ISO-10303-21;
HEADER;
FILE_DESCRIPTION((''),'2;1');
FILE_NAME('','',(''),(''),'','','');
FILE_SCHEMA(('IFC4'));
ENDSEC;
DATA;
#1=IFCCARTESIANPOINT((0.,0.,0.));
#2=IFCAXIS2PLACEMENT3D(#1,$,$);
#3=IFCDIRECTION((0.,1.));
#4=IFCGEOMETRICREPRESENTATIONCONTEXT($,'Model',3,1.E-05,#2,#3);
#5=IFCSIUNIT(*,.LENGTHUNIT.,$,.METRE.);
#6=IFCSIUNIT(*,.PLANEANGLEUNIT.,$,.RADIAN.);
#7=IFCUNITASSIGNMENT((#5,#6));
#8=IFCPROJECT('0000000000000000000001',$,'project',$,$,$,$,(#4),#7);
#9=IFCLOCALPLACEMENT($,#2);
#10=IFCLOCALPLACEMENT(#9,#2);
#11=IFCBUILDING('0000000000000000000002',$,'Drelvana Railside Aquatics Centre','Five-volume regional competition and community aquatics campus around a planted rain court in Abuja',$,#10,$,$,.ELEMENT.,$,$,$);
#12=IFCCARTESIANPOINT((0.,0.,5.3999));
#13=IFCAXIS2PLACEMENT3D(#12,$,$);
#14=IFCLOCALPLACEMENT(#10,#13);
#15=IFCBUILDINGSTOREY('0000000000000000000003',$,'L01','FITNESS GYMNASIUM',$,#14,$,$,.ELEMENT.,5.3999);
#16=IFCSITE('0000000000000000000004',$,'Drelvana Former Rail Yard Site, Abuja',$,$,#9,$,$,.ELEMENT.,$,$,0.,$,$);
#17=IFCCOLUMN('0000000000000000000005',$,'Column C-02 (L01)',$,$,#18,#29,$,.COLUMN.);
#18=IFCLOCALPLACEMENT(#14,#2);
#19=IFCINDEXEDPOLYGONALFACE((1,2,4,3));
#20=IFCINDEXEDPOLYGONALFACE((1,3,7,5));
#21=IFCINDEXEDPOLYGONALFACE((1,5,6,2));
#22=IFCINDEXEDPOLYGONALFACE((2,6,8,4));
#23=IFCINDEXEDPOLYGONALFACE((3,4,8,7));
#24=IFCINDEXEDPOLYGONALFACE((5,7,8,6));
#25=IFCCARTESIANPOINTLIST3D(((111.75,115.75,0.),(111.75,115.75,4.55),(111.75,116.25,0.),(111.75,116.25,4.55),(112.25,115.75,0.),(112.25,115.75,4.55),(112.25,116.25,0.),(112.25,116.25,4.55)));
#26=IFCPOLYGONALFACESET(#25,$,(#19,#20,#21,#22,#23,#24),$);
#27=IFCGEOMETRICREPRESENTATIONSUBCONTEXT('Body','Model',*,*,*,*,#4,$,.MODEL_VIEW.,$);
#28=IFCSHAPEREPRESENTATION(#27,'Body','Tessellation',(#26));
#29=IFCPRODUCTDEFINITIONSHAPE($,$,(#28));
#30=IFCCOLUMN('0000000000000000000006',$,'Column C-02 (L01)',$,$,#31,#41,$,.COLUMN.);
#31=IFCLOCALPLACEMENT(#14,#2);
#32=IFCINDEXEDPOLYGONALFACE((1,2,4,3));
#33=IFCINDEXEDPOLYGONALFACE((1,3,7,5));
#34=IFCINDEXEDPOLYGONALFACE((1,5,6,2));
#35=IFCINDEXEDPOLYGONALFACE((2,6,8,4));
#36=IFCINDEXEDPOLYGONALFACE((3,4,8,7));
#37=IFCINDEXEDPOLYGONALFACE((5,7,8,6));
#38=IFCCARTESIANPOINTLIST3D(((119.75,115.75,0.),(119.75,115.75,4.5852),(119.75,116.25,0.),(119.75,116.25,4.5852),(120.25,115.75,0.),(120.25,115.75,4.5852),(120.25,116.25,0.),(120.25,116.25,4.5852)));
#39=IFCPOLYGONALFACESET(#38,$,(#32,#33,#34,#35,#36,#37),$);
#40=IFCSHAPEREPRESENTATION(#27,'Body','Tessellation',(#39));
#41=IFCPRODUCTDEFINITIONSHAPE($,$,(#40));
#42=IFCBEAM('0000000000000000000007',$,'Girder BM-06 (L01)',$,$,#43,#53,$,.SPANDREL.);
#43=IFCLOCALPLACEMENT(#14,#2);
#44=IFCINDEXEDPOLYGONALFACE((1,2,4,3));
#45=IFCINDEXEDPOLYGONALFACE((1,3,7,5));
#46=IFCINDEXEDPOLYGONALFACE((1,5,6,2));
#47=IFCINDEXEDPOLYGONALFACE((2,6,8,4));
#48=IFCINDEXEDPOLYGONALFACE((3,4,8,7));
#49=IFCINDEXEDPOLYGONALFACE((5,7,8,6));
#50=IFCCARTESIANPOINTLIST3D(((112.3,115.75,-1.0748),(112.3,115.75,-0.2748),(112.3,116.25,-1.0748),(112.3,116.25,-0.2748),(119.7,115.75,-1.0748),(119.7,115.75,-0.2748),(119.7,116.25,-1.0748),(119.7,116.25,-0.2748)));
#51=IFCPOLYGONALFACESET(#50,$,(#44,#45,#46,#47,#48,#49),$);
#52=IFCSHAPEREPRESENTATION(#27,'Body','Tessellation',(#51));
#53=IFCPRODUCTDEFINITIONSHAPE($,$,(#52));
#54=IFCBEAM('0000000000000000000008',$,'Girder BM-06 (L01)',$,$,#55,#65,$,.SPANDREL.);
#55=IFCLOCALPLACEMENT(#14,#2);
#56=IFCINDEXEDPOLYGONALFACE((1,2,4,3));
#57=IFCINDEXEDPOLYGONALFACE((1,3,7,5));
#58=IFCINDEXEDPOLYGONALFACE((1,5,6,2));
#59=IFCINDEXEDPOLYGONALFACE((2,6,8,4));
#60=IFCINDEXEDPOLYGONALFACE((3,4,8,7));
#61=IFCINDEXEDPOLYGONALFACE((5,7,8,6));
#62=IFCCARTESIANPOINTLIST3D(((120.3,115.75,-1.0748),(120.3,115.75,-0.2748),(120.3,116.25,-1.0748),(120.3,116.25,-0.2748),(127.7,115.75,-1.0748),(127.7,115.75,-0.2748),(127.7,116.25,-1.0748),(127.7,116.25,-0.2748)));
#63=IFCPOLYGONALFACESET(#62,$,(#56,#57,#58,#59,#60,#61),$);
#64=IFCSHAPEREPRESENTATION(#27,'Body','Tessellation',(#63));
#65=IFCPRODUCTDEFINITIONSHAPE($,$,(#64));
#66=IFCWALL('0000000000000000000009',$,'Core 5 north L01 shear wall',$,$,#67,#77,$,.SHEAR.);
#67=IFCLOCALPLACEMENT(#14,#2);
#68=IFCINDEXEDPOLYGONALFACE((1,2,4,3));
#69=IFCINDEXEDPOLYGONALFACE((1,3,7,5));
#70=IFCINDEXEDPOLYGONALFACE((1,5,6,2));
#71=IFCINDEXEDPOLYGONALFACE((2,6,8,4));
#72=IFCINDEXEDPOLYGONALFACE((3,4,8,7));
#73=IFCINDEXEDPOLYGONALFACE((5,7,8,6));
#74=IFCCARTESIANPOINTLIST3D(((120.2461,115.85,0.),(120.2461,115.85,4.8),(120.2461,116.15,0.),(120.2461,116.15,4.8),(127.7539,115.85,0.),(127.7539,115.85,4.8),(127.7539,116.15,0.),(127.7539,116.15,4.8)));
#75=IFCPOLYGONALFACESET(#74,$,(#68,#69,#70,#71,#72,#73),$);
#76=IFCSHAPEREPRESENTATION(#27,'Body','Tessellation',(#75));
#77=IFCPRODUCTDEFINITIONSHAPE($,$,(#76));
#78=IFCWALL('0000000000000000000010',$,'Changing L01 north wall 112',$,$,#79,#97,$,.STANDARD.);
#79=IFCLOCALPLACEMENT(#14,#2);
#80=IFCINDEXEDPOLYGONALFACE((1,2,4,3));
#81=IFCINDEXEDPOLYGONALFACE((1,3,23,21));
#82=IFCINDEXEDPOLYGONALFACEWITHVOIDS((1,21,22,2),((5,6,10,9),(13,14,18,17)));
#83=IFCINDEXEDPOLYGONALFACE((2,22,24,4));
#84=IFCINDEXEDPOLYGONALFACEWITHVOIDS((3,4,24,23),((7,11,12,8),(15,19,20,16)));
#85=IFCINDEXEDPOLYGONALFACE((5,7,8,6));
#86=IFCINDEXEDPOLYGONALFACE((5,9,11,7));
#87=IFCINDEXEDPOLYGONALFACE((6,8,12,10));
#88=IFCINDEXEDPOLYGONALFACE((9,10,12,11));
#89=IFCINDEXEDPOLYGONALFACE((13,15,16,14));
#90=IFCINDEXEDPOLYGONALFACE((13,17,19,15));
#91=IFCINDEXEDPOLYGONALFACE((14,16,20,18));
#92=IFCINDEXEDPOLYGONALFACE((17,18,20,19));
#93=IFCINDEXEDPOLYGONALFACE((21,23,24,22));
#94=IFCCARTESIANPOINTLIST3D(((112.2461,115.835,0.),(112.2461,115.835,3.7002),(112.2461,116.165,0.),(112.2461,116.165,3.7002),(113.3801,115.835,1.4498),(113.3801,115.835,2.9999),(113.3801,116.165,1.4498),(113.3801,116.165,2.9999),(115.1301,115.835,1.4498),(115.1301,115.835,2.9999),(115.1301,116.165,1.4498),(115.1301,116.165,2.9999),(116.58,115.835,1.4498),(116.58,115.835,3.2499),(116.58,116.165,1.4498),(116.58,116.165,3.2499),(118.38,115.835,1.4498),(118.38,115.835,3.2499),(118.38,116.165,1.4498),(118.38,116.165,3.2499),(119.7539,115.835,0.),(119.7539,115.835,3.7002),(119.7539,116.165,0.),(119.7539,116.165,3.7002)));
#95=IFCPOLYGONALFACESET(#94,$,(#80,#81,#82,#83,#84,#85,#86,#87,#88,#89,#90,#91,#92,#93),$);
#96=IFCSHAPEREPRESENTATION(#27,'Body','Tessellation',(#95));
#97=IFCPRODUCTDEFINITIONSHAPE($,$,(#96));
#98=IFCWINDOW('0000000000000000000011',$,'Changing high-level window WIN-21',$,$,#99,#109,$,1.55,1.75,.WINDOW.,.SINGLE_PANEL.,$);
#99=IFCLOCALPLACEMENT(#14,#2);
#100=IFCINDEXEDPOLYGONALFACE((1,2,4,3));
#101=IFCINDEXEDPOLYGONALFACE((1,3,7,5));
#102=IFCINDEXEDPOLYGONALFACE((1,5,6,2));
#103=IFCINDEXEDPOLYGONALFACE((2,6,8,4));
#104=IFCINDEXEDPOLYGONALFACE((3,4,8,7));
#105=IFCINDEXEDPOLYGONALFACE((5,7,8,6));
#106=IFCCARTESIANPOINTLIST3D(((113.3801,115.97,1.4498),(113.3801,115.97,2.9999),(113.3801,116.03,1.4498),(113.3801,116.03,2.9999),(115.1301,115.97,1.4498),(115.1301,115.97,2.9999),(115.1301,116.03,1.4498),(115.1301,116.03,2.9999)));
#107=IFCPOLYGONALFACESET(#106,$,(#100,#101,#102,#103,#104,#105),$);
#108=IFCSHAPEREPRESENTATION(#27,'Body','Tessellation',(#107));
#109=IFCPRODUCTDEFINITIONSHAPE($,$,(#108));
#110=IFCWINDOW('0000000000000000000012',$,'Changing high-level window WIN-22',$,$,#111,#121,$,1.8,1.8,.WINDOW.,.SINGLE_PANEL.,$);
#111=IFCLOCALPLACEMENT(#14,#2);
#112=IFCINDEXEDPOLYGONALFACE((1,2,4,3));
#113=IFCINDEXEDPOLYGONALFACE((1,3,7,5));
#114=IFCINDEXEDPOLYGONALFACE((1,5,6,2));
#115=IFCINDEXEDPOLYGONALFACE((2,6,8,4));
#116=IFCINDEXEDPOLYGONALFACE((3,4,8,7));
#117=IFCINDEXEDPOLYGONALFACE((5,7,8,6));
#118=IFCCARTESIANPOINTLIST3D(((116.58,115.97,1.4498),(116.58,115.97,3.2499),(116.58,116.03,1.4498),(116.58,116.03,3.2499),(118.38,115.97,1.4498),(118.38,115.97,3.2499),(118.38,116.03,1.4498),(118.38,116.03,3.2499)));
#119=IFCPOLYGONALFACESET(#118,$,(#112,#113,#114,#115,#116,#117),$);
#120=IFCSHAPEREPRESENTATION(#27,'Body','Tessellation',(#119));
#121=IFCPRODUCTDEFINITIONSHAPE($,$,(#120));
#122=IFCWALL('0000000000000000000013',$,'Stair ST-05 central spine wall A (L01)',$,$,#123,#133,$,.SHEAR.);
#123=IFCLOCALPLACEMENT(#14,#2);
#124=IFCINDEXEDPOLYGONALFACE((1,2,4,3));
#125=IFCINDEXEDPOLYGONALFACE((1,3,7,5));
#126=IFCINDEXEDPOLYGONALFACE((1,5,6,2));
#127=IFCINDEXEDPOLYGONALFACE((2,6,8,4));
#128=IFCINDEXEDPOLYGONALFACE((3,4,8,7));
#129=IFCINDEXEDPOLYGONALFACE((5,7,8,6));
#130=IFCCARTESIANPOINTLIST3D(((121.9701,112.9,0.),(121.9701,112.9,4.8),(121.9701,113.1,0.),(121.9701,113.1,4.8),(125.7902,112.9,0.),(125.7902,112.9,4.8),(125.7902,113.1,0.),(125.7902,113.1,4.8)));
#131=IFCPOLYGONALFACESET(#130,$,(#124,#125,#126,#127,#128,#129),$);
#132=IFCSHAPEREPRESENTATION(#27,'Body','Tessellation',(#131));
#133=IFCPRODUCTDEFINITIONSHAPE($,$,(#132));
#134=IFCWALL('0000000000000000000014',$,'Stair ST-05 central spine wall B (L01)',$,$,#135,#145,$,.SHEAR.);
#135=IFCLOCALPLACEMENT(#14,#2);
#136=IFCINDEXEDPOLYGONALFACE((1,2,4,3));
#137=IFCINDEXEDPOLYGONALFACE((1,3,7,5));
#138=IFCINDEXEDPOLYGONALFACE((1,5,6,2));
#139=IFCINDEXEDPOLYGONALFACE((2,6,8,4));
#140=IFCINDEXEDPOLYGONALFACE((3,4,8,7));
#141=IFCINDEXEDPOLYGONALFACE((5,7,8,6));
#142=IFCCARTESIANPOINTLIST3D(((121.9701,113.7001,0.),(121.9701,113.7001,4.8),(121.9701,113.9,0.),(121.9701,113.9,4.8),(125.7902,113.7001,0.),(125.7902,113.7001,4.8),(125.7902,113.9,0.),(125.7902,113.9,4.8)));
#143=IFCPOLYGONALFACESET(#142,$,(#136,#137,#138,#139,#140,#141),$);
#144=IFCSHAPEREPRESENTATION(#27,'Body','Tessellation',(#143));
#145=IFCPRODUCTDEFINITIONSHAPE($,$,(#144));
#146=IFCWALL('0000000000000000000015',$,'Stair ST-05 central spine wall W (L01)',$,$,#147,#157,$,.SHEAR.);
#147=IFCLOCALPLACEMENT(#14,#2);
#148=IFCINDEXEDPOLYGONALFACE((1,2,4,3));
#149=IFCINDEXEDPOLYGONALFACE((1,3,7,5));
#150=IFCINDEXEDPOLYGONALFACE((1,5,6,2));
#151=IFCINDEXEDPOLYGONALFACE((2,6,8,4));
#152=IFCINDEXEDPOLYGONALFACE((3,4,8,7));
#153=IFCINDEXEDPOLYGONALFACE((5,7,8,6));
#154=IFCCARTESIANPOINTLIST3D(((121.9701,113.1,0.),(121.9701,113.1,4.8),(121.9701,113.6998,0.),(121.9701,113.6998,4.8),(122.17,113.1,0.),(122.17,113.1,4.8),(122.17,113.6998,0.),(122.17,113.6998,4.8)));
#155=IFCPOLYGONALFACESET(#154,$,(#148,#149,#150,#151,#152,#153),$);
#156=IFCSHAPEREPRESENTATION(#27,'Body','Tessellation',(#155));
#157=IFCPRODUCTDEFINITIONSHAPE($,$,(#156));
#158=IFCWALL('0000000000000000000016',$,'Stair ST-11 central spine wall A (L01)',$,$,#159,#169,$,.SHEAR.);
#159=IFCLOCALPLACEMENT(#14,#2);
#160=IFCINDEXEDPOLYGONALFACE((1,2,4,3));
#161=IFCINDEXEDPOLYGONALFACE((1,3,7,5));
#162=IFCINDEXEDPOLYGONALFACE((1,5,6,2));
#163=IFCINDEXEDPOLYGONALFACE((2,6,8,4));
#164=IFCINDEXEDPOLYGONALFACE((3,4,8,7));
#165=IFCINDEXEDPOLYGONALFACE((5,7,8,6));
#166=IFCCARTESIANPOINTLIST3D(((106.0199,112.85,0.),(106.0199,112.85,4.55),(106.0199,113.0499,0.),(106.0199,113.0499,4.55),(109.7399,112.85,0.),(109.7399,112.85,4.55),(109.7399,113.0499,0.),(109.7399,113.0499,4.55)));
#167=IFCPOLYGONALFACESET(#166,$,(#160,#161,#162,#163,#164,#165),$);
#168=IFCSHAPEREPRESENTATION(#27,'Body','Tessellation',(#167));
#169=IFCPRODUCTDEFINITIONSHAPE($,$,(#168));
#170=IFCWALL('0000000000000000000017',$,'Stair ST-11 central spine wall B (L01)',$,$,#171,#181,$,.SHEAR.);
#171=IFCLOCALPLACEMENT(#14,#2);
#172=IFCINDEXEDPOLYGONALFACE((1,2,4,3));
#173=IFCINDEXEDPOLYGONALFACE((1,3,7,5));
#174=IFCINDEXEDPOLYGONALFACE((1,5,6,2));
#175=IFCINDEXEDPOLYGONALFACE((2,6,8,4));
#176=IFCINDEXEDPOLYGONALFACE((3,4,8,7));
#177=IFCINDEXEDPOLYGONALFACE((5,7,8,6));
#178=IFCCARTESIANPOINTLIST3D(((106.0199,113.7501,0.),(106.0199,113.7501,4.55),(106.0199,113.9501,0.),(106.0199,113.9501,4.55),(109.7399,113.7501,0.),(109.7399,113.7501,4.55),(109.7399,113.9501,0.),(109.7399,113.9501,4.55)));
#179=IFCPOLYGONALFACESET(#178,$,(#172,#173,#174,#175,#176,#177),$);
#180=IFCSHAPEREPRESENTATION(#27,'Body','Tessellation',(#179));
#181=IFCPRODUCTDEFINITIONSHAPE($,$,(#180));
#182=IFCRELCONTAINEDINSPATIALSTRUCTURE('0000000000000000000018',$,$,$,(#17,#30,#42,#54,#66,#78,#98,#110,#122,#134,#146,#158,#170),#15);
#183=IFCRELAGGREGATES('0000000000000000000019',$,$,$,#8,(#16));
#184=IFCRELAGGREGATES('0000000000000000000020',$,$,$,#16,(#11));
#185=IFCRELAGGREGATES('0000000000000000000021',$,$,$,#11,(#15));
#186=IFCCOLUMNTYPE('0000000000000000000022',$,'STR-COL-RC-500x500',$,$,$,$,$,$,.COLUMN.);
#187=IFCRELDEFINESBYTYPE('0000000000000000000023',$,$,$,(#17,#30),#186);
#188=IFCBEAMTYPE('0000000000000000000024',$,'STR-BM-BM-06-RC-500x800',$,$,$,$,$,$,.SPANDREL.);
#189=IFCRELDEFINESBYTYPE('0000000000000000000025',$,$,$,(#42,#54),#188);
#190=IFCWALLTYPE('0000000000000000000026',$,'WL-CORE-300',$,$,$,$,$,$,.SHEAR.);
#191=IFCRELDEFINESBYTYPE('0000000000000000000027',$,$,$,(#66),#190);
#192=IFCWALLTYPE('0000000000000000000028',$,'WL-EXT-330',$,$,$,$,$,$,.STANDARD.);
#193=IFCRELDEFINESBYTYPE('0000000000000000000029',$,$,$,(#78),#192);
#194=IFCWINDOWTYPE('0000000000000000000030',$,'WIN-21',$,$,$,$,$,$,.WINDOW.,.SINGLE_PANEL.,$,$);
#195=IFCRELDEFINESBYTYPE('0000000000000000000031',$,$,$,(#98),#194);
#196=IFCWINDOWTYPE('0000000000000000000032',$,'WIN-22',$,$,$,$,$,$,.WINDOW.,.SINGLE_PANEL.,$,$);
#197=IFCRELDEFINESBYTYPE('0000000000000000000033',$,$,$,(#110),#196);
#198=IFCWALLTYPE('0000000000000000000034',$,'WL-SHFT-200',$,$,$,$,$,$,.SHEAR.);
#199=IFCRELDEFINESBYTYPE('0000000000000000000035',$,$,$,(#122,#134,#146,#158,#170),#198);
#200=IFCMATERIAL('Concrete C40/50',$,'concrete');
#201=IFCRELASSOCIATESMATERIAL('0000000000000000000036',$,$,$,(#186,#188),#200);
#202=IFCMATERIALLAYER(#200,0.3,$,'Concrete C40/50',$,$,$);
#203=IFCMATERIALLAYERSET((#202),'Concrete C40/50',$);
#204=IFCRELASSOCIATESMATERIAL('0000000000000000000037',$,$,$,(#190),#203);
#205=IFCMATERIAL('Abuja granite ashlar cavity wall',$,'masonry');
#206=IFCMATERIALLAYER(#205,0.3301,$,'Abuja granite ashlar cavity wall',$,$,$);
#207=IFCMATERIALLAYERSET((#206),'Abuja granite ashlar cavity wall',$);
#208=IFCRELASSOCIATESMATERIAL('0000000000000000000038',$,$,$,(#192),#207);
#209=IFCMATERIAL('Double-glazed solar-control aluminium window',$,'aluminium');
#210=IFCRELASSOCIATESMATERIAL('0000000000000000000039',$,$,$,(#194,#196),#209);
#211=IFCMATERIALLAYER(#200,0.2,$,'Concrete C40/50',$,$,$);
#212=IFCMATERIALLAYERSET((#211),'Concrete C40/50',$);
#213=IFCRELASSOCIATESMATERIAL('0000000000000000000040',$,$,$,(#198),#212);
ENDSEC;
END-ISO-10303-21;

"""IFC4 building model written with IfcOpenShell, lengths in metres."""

from ifc_helpers import new_model, si_unit, direction, frame, frame_2d, origin, origin_2d, place, context, subcontext, project, spatial, rectangle, extrude, material, layer, layer_set, material_profile, profile_set, type_object, element, fill, save


model = new_model("IFC4")

# Units and contexts
model_context = context("Model", 3, precision=1e-05, world=origin(), true_north=direction((0.0, 1.0)))
body_context = subcontext(model_context, "Body", "Model", "MODEL_VIEW")
ifc_project = project(units=[si_unit("LENGTHUNIT", "METRE"), si_unit("PLANEANGLEUNIT", "RADIAN")], contexts=[model_context])

# Site, building, storey
site_placement = place(None, origin())
site = spatial("IfcSite", under=ifc_project, at=site_placement, Name="Drelvana Former Rail Yard Site, Abuja", CompositionType="ELEMENT", RefElevation=0.0)
building_placement = place(site_placement, origin())
building = spatial("IfcBuilding", under=site, at=building_placement, Name="Drelvana Railside Aquatics Centre", Description="Five-volume regional competition and community aquatics campus around a planted rain court in Abuja", CompositionType="ELEMENT")
storey_placement = place(building_placement, frame((0.0, 0.0, 5.3999)))
storey = spatial("IfcBuildingStorey", under=building, at=storey_placement, Name="L01", Description="FITNESS GYMNASIUM", CompositionType="ELEMENT", Elevation=5.3999)

# Columns
ifc_material_1 = material(Name="Concrete C40/50", Category="concrete")
ifc_material_profile_1 = material_profile(ifc_material_1, rectangle(XDim=0.5, YDim=0.5, at=origin_2d()), Name="RC 500x500")
ifc_profile_set_1 = profile_set([ifc_material_profile_1], Name="Concrete C40/50")
column_type = type_object("IfcColumnType", Name="STR-COL-RC-500x500", PredefinedType="COLUMN", material=ifc_profile_set_1)
column_1_placement = place(storey_placement, frame((112.0, 116.0, 0.0), z_axis=(0.0, 0.0, 1.0), x_axis=(1.0, 0.0, 0.0)))
element("IfcColumn", 1, at=column_1_placement, inside=storey, type_object=column_type, Name="Column C-02 (L01)", PredefinedType="COLUMN", context=body_context, shape_type="SweptSolid", body=[
    extrude(rectangle(XDim=0.5, YDim=0.5, at=origin_2d()), origin(), (0.0, 0.0, 1.0), 4.55),
])
column_2_placement = place(storey_placement, frame((120.0, 116.0, 0.0), z_axis=(0.0, 0.0, 1.0), x_axis=(1.0, 0.0, 0.0)))
element("IfcColumn", 2, at=column_2_placement, inside=storey, type_object=column_type, Name="Column C-02 (L01)", PredefinedType="COLUMN", context=body_context, shape_type="SweptSolid", body=[
    extrude(rectangle(XDim=0.5, YDim=0.5, at=origin_2d()), origin(), (0.0, 0.0, 1.0), 4.5852),
])

# Beams
ifc_material_profile_2 = material_profile(ifc_material_1, rectangle(XDim=0.5, YDim=0.8, at=origin_2d()), Name="RC 500x800")
ifc_profile_set_2 = profile_set([ifc_material_profile_2], Name="Concrete C40/50")
beam_type = type_object("IfcBeamType", Name="STR-BM-BM-06-RC-500x800", PredefinedType="SPANDREL", material=ifc_profile_set_2)
for number, where, z_axis, x_axis, name in (
    (3, (112.3, 116.0, -0.6748), (1.0, 0.0, 0.0), (0.0, 1.0, 0.0), "Girder BM-06 (L01)"),
    (4, (120.3, 116.0, -0.6748), (1.0, 0.0, 0.0), (0.0, 1.0, 0.0), "Girder BM-06 (L01)"),
):
    element("IfcBeam", number, at=place(storey_placement, frame(where, z_axis=z_axis, x_axis=x_axis)), inside=storey, type_object=beam_type, Name=name, PredefinedType="SPANDREL", context=body_context, shape_type="SweptSolid", body=[
        extrude(rectangle(XDim=0.5, YDim=0.8, at=origin_2d()), origin(), (0.0, 0.0, 1.0), 7.3999),
    ])

# Wall
ifc_layer_1 = layer(ifc_material_1, 0.3, Name="Concrete C40/50")
ifc_layer_set_1 = layer_set([ifc_layer_1], Name="Concrete C40/50")
wall_type_1 = type_object("IfcWallType", Name="WL-CORE-300", PredefinedType="SHEAR", material=ifc_layer_set_1)
wall_1_placement = place(storey_placement, frame((120.2461, 116.0, 0.0), z_axis=(0.0, 0.0, 1.0), x_axis=(1.0, 0.0, 0.0)))
element("IfcWall", 5, at=wall_1_placement, inside=storey, type_object=wall_type_1, Name="Core 5 north L01 shear wall", PredefinedType="SHEAR", context=body_context, shape_type="SweptSolid", body=[
    extrude(rectangle(XDim=7.5078, YDim=0.3, at=frame_2d((3.7539, 0.0))), origin(), (0.0, 0.0, 1.0), 4.8),
])

# Wall, openings, windows
ifc_material_2 = material(Name="Abuja granite ashlar cavity wall", Category="masonry")
ifc_layer_2 = layer(ifc_material_2, 0.3301, Name="Abuja granite ashlar cavity wall")
ifc_layer_set_2 = layer_set([ifc_layer_2], Name="Abuja granite ashlar cavity wall")
wall_type_2 = type_object("IfcWallType", Name="WL-EXT-330", PredefinedType="STANDARD", material=ifc_layer_set_2)
wall_2_placement = place(storey_placement, frame((112.2461, 116.0, 0.0), z_axis=(0.0, 0.0, 1.0), x_axis=(1.0, 0.0, 0.0)))
wall_2 = element("IfcWall", 6, at=wall_2_placement, inside=storey, type_object=wall_type_2, Name="Changing L01 north wall 112", PredefinedType="STANDARD", context=body_context, shape_type="SweptSolid", body=[
    extrude(rectangle(XDim=7.5078, YDim=0.3301, at=frame_2d((3.7539, 0.0))), origin(), (0.0, 0.0, 1.0), 3.7002),
])
opening_1_placement = place(wall_2_placement, frame((1.134, 0.0, 1.45)))
opening_1 = element("IfcOpeningElement", 7, at=opening_1_placement, cuts=wall_2, PredefinedType="OPENING", context=body_context, shape_type="SweptSolid", body=[
    extrude(rectangle(XDim=1.75, YDim=1.55, at=frame_2d((0.875, 0.7749))), frame((0.0, 0.175, 0.0), z_axis=(0.0, -1.0, 0.0), x_axis=(1.0, 0.0, 0.0)), (0.0, 0.0, 1.0), 0.3501),
])
opening_2_placement = place(wall_2_placement, frame((4.334, 0.0, 1.45)))
opening_2 = element("IfcOpeningElement", 8, at=opening_2_placement, cuts=wall_2, PredefinedType="OPENING", context=body_context, shape_type="SweptSolid", body=[
    extrude(rectangle(XDim=1.8, YDim=1.8, at=frame_2d((0.8999, 0.8999))), frame((0.0, 0.175, 0.0), z_axis=(0.0, -1.0, 0.0), x_axis=(1.0, 0.0, 0.0)), (0.0, 0.0, 1.0), 0.3501),
])
ifc_material_3 = material(Name="Double-glazed solar-control aluminium window", Category="aluminium")
window_type_1 = type_object("IfcWindowType", Name="WIN-21", PartitioningType="SINGLE_PANEL", PredefinedType="WINDOW", material=ifc_material_3)
window_1_placement = place(opening_1_placement, origin())
window_1 = element("IfcWindow", 9, at=window_1_placement, inside=storey, type_object=window_type_1, Name="Changing high-level window WIN-21", OverallHeight=1.55, OverallWidth=1.75, PartitioningType="SINGLE_PANEL", PredefinedType="WINDOW", context=body_context, shape_type="SweptSolid", body=[
    extrude(rectangle(XDim=1.75, YDim=1.55, at=frame_2d((0.875, 0.7749))), frame((0.0, 0.03, 0.0), z_axis=(0.0, -1.0, 0.0), x_axis=(1.0, 0.0, 0.0)), (0.0, 0.0, 1.0), 0.0601),
])
fill(opening_1, window_1)
window_type_2 = type_object("IfcWindowType", Name="WIN-22", PartitioningType="SINGLE_PANEL", PredefinedType="WINDOW", material=ifc_material_3)
window_2_placement = place(opening_2_placement, origin())
window_2 = element("IfcWindow", 10, at=window_2_placement, inside=storey, type_object=window_type_2, Name="Changing high-level window WIN-22", OverallHeight=1.8, OverallWidth=1.8, PartitioningType="SINGLE_PANEL", PredefinedType="WINDOW", context=body_context, shape_type="SweptSolid", body=[
    extrude(rectangle(XDim=1.8, YDim=1.8, at=frame_2d((0.8999, 0.8999))), frame((0.0, 0.03, 0.0), z_axis=(0.0, -1.0, 0.0), x_axis=(1.0, 0.0, 0.0)), (0.0, 0.0, 1.0), 0.0601),
])
fill(opening_2, window_2)

# Walls
ifc_layer_3 = layer(ifc_material_1, 0.2, Name="Concrete C40/50")
ifc_layer_set_3 = layer_set([ifc_layer_3], Name="Concrete C40/50")
wall_type_3 = type_object("IfcWallType", Name="WL-SHFT-200", PredefinedType="SHEAR", material=ifc_layer_set_3)
for number, where, z_axis, x_axis, name in (
    (11, (121.97, 113.0, 0.0), (0.0, 0.0, 1.0), (1.0, 0.0, 0.0), "Stair ST-05 central spine wall A (L01)"),
    (12, (121.97, 113.8, 0.0), (0.0, 0.0, 1.0), (1.0, 0.0, 0.0), "Stair ST-05 central spine wall B (L01)"),
):
    element("IfcWall", number, at=place(storey_placement, frame(where, z_axis=z_axis, x_axis=x_axis)), inside=storey, type_object=wall_type_3, Name=name, PredefinedType="SHEAR", context=body_context, shape_type="SweptSolid", body=[
        extrude(rectangle(XDim=3.8201, YDim=0.2, at=frame_2d((1.9102, 0.0))), origin(), (0.0, 0.0, 1.0), 4.8),
    ])
wall_3_placement = place(storey_placement, frame((122.0701, 113.1001, 0.0), z_axis=(0.0, 0.0, 1.0), x_axis=(0.0, 1.0, 0.0)))
element("IfcWall", 13, at=wall_3_placement, inside=storey, type_object=wall_type_3, Name="Stair ST-05 central spine wall W (L01)", PredefinedType="SHEAR", context=body_context, shape_type="SweptSolid", body=[
    extrude(rectangle(XDim=0.5999, YDim=0.2, at=frame_2d((0.2998, 0.0))), origin(), (0.0, 0.0, 1.0), 4.8),
])
for number, where, z_axis, x_axis, name in (
    (14, (106.02, 112.95, 0.0), (0.0, 0.0, 1.0), (1.0, 0.0, 0.0), "Stair ST-11 central spine wall A (L01)"),
    (15, (106.02, 113.8501, 0.0), (0.0, 0.0, 1.0), (1.0, 0.0, 0.0), "Stair ST-11 central spine wall B (L01)"),
):
    element("IfcWall", number, at=place(storey_placement, frame(where, z_axis=z_axis, x_axis=x_axis)), inside=storey, type_object=wall_type_3, Name=name, PredefinedType="SHEAR", context=body_context, shape_type="SweptSolid", body=[
        extrude(rectangle(XDim=3.72, YDim=0.2, at=frame_2d((1.8599, 0.0))), origin(), (0.0, 0.0, 1.0), 4.55),
    ])

save(model, "model.ifc")
